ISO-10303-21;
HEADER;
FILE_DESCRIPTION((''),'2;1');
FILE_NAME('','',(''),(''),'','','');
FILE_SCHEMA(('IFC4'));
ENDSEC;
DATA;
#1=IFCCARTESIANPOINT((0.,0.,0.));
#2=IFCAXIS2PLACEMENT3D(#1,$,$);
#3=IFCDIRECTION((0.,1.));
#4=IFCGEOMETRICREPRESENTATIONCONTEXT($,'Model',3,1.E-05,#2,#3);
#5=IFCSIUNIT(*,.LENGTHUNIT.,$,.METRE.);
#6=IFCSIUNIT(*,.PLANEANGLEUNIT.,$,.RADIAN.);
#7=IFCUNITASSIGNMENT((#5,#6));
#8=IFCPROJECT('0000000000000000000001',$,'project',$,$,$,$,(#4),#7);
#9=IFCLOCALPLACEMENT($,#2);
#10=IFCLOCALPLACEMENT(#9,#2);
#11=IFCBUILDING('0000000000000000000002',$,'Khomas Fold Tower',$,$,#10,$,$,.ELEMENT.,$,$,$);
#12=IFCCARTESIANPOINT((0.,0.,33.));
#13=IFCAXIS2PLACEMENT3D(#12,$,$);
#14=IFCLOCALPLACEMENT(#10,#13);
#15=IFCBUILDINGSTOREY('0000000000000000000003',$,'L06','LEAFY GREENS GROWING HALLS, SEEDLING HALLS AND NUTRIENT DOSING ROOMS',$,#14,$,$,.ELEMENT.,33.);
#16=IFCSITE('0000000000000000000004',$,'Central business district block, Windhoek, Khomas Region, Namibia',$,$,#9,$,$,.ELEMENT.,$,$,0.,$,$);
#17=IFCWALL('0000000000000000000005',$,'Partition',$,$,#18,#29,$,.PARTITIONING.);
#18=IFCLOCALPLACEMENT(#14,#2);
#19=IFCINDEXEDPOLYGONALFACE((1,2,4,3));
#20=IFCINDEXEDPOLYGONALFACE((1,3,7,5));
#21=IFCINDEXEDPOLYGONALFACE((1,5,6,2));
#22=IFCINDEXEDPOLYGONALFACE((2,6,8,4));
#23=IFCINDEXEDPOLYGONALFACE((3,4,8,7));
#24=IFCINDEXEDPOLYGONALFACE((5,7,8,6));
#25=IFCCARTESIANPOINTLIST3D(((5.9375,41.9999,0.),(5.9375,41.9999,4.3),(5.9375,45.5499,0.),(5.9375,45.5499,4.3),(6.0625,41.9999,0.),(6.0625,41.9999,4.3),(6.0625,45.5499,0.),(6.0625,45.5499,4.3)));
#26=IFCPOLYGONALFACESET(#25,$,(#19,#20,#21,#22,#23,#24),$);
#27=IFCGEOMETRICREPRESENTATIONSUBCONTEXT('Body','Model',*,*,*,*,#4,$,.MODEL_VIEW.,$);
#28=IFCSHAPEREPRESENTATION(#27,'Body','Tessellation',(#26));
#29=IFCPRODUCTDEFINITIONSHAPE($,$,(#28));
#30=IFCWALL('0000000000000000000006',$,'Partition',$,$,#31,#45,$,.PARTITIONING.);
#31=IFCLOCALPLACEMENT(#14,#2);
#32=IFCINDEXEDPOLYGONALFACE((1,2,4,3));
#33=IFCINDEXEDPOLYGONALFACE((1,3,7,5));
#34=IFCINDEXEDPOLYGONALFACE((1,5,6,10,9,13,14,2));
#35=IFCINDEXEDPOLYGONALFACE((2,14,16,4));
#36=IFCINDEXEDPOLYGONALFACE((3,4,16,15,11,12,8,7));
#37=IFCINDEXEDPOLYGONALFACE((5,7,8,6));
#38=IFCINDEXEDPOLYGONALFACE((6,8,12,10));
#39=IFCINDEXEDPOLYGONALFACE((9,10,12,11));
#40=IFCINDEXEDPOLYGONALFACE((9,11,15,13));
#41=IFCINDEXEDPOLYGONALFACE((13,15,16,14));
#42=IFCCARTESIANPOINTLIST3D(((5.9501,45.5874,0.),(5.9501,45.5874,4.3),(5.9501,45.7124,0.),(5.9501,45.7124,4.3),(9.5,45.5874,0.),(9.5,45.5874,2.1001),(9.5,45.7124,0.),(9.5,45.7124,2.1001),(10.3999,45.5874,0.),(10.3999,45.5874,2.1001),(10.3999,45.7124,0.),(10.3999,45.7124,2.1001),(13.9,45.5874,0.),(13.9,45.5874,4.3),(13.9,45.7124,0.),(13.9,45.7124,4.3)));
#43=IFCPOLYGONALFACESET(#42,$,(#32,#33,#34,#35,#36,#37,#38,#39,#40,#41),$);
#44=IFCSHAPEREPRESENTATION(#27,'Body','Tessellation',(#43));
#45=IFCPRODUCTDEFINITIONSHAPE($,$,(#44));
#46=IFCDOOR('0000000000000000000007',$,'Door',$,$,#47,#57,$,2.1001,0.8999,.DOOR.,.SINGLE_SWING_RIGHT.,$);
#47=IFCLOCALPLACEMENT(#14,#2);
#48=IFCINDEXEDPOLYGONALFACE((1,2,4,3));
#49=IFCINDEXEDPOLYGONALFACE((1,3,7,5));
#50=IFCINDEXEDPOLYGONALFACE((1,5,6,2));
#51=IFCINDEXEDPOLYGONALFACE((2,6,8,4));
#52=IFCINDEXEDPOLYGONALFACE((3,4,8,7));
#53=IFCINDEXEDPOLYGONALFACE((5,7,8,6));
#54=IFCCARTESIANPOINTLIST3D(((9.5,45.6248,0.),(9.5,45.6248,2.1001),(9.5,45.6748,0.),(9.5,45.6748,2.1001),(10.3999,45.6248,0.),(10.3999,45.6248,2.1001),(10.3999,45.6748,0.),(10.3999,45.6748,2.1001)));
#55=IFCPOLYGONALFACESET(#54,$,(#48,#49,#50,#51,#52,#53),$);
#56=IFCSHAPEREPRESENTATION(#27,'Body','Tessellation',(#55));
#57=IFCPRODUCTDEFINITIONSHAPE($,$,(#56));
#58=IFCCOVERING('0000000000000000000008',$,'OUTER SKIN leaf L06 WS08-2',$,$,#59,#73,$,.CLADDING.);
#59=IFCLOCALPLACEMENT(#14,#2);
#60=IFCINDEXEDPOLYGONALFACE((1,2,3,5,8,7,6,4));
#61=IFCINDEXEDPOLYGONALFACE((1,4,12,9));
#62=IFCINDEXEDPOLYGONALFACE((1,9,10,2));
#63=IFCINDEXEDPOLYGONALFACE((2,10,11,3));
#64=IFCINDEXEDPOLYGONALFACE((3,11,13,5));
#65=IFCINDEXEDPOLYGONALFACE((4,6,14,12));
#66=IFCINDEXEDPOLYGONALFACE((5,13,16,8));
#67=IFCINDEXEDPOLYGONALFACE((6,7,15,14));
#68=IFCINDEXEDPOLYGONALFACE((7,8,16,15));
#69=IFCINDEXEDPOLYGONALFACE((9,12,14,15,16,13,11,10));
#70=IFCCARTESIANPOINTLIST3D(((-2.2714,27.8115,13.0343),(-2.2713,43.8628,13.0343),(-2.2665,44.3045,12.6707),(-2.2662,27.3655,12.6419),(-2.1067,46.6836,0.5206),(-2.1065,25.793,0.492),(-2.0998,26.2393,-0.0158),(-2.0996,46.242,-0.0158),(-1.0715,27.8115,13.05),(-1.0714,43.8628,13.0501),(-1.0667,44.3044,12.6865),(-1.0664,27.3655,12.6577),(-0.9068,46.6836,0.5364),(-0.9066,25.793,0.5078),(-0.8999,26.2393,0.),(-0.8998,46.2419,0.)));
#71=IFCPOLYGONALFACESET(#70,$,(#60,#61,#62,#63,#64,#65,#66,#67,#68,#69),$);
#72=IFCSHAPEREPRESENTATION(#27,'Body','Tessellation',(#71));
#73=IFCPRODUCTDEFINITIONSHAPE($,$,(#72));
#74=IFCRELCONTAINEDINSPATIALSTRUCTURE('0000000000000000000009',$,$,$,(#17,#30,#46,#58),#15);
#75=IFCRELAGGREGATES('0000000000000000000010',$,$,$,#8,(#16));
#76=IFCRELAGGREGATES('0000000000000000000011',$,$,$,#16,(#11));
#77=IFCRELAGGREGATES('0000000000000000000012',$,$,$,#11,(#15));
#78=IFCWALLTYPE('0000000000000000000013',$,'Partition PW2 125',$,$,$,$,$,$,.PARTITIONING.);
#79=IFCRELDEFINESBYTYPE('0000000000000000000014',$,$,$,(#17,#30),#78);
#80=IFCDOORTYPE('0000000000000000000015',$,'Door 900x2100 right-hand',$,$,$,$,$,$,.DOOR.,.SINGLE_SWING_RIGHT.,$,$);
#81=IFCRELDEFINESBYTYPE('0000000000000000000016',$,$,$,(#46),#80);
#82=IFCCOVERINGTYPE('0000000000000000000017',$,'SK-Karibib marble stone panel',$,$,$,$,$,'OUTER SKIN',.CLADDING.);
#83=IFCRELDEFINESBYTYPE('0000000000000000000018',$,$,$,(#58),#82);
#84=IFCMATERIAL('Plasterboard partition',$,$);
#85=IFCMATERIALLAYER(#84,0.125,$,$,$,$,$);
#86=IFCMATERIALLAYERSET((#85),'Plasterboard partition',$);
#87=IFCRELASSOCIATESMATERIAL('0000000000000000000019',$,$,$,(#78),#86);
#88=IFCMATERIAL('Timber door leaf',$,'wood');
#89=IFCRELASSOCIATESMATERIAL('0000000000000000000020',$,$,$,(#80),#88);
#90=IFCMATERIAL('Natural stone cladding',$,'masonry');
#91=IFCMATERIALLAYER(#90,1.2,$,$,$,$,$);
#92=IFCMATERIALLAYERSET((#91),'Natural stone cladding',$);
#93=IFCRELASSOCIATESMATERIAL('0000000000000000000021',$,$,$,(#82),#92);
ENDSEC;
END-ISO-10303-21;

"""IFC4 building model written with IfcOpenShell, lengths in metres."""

from ifc_helpers import new_model, si_unit, direction, frame, frame_2d, origin, place, context, subcontext, project, spatial, polyline, rectangle, outline, extrude, source, transform, mapped, material, layer, layer_set, type_object, element, fill, save


model = new_model("IFC4")

# Units and contexts
model_context = context("Model", 3, precision=1e-05, world=origin(), true_north=direction((0.0, 1.0)))
body_context = subcontext(model_context, "Body", "Model", "MODEL_VIEW")
ifc_project = project(units=[si_unit("LENGTHUNIT", "METRE"), si_unit("PLANEANGLEUNIT", "RADIAN")], contexts=[model_context])

# Site, building, storey
site_placement = place(None, origin())
site = spatial("IfcSite", under=ifc_project, at=site_placement, Name="Central business district block, Windhoek, Khomas Region, Namibia", CompositionType="ELEMENT", RefElevation=0.0)
building_placement = place(site_placement, origin())
building = spatial("IfcBuilding", under=site, at=building_placement, Name="Khomas Fold Tower", CompositionType="ELEMENT")
storey_placement = place(building_placement, frame((0.0, 0.0, 33.0)))
storey = spatial("IfcBuildingStorey", under=building, at=storey_placement, Name="L06", Description="LEAFY GREENS GROWING HALLS, SEEDLING HALLS AND NUTRIENT DOSING ROOMS", CompositionType="ELEMENT", Elevation=33.0)

# Wall
ifc_material_1 = material(Name="Plasterboard partition")
ifc_layer_1 = layer(ifc_material_1, 0.125)
ifc_layer_set_1 = layer_set([ifc_layer_1], Name="Plasterboard partition")
wall_type_1 = type_object("IfcWallType", Name="Partition PW2 125", PredefinedType="PARTITIONING", material=ifc_layer_set_1)
shared_shape_1 = source(origin(), body_context, "Body", "SweptSolid", [
    extrude(rectangle(XDim=3.55, YDim=0.125, at=frame_2d((1.7749, 0.0))), origin(), (0.0, 0.0, 1.0), 4.3),
])
wall_1_placement = place(storey_placement, frame((6.0, 42.0, 0.0), z_axis=(0.0, 0.0, 1.0), x_axis=(0.0, 1.0, 0.0)))
element("IfcWall", 1, at=wall_1_placement, inside=storey, type_object=wall_type_1, Name="Partition", PredefinedType="PARTITIONING", context=body_context, shape_type="MappedRepresentation", body=[
    mapped(shared_shape_1, transform((0.0, 0.0, 0.0))),
])

# Wall, opening, door
shared_shape_2 = source(origin(), body_context, "Body", "SweptSolid", [
    extrude(rectangle(XDim=7.95, YDim=0.125, at=frame_2d((3.9751, 0.0))), origin(), (0.0, 0.0, 1.0), 4.3),
])
wall_2_placement = place(storey_placement, frame((5.95, 45.6499, 0.0), z_axis=(0.0, 0.0, 1.0), x_axis=(1.0, 0.0, 0.0)))
wall_2 = element("IfcWall", 2, at=wall_2_placement, inside=storey, type_object=wall_type_1, Name="Partition", PredefinedType="PARTITIONING", context=body_context, shape_type="MappedRepresentation", body=[
    mapped(shared_shape_2, transform((0.0, 0.0, 0.0))),
])
shared_shape_3 = source(origin(), body_context, "Body", "SweptSolid", [
    extrude(rectangle(XDim=0.8999, YDim=2.1001, at=frame_2d((0.45, 1.05))), frame((0.0, 0.0725, 0.0), z_axis=(0.0, -1.0, 0.0), x_axis=(1.0, 0.0, 0.0)), (0.0, 0.0, 1.0), 0.145),
])
opening_placement = place(wall_2_placement, frame((3.55, 0.0, 0.0)))
opening = element("IfcOpeningElement", 3, at=opening_placement, cuts=wall_2, PredefinedType="OPENING", context=body_context, shape_type="MappedRepresentation", body=[
    mapped(shared_shape_3, transform((0.0, 0.0, 0.0))),
])
ifc_material_2 = material(Name="Timber door leaf", Category="wood")
door_type = type_object("IfcDoorType", Name="Door 900x2100 right-hand", OperationType="SINGLE_SWING_RIGHT", PredefinedType="DOOR", material=ifc_material_2)
shared_shape_4 = source(origin(), body_context, "Body", "SweptSolid", [
    extrude(rectangle(XDim=0.8999, YDim=2.1001, at=frame_2d((0.45, 1.05))), frame((0.0, 0.0249, 0.0), z_axis=(0.0, -1.0, 0.0), x_axis=(1.0, 0.0, 0.0)), (0.0, 0.0, 1.0), 0.05),
])
door_placement = place(opening_placement, origin())
door = element("IfcDoor", 4, at=door_placement, inside=storey, type_object=door_type, Name="Door", OperationType="SINGLE_SWING_RIGHT", OverallHeight=2.1001, OverallWidth=0.8999, PredefinedType="DOOR", context=body_context, shape_type="MappedRepresentation", body=[
    mapped(shared_shape_4, transform((0.0, 0.0, 0.0))),
])
fill(opening, door)

# Covering
ifc_material_3 = material(Name="Natural stone cladding", Category="masonry")
ifc_layer_2 = layer(ifc_material_3, 1.2)
ifc_layer_set_2 = layer_set([ifc_layer_2], Name="Natural stone cladding")
covering_type = type_object("IfcCoveringType", Name="SK-Karibib marble stone panel", ElementType="OUTER SKIN", PredefinedType="CLADDING", material=ifc_layer_set_2)
covering_placement = place(storey_placement, frame((-1.0667, 44.3044, 12.6865), z_axis=(0.999914, -0.000007, 0.013151), x_axis=(0.012907, 0.192147, -0.981281)))
element("IfcCovering", 5, at=covering_placement, inside=storey, type_object=covering_type, Name="OUTER SKIN leaf L06 WS08-2", PredefinedType="CLADDING", context=body_context, shape_type="SweptSolid", body=[
    extrude(outline(polyline([(0.0, 0.0), (12.3819, 0.0), (12.8235, -0.5365), (8.98, -20.1665), (8.3959, -20.5068), (-3.2265, -16.6289), (-3.5259, -16.1157), (-0.4416, -0.3636), (0.0, 0.0)])), origin(), (0.0, 0.0, -1.0), 1.2),
])

save(model, "model.ifc")
